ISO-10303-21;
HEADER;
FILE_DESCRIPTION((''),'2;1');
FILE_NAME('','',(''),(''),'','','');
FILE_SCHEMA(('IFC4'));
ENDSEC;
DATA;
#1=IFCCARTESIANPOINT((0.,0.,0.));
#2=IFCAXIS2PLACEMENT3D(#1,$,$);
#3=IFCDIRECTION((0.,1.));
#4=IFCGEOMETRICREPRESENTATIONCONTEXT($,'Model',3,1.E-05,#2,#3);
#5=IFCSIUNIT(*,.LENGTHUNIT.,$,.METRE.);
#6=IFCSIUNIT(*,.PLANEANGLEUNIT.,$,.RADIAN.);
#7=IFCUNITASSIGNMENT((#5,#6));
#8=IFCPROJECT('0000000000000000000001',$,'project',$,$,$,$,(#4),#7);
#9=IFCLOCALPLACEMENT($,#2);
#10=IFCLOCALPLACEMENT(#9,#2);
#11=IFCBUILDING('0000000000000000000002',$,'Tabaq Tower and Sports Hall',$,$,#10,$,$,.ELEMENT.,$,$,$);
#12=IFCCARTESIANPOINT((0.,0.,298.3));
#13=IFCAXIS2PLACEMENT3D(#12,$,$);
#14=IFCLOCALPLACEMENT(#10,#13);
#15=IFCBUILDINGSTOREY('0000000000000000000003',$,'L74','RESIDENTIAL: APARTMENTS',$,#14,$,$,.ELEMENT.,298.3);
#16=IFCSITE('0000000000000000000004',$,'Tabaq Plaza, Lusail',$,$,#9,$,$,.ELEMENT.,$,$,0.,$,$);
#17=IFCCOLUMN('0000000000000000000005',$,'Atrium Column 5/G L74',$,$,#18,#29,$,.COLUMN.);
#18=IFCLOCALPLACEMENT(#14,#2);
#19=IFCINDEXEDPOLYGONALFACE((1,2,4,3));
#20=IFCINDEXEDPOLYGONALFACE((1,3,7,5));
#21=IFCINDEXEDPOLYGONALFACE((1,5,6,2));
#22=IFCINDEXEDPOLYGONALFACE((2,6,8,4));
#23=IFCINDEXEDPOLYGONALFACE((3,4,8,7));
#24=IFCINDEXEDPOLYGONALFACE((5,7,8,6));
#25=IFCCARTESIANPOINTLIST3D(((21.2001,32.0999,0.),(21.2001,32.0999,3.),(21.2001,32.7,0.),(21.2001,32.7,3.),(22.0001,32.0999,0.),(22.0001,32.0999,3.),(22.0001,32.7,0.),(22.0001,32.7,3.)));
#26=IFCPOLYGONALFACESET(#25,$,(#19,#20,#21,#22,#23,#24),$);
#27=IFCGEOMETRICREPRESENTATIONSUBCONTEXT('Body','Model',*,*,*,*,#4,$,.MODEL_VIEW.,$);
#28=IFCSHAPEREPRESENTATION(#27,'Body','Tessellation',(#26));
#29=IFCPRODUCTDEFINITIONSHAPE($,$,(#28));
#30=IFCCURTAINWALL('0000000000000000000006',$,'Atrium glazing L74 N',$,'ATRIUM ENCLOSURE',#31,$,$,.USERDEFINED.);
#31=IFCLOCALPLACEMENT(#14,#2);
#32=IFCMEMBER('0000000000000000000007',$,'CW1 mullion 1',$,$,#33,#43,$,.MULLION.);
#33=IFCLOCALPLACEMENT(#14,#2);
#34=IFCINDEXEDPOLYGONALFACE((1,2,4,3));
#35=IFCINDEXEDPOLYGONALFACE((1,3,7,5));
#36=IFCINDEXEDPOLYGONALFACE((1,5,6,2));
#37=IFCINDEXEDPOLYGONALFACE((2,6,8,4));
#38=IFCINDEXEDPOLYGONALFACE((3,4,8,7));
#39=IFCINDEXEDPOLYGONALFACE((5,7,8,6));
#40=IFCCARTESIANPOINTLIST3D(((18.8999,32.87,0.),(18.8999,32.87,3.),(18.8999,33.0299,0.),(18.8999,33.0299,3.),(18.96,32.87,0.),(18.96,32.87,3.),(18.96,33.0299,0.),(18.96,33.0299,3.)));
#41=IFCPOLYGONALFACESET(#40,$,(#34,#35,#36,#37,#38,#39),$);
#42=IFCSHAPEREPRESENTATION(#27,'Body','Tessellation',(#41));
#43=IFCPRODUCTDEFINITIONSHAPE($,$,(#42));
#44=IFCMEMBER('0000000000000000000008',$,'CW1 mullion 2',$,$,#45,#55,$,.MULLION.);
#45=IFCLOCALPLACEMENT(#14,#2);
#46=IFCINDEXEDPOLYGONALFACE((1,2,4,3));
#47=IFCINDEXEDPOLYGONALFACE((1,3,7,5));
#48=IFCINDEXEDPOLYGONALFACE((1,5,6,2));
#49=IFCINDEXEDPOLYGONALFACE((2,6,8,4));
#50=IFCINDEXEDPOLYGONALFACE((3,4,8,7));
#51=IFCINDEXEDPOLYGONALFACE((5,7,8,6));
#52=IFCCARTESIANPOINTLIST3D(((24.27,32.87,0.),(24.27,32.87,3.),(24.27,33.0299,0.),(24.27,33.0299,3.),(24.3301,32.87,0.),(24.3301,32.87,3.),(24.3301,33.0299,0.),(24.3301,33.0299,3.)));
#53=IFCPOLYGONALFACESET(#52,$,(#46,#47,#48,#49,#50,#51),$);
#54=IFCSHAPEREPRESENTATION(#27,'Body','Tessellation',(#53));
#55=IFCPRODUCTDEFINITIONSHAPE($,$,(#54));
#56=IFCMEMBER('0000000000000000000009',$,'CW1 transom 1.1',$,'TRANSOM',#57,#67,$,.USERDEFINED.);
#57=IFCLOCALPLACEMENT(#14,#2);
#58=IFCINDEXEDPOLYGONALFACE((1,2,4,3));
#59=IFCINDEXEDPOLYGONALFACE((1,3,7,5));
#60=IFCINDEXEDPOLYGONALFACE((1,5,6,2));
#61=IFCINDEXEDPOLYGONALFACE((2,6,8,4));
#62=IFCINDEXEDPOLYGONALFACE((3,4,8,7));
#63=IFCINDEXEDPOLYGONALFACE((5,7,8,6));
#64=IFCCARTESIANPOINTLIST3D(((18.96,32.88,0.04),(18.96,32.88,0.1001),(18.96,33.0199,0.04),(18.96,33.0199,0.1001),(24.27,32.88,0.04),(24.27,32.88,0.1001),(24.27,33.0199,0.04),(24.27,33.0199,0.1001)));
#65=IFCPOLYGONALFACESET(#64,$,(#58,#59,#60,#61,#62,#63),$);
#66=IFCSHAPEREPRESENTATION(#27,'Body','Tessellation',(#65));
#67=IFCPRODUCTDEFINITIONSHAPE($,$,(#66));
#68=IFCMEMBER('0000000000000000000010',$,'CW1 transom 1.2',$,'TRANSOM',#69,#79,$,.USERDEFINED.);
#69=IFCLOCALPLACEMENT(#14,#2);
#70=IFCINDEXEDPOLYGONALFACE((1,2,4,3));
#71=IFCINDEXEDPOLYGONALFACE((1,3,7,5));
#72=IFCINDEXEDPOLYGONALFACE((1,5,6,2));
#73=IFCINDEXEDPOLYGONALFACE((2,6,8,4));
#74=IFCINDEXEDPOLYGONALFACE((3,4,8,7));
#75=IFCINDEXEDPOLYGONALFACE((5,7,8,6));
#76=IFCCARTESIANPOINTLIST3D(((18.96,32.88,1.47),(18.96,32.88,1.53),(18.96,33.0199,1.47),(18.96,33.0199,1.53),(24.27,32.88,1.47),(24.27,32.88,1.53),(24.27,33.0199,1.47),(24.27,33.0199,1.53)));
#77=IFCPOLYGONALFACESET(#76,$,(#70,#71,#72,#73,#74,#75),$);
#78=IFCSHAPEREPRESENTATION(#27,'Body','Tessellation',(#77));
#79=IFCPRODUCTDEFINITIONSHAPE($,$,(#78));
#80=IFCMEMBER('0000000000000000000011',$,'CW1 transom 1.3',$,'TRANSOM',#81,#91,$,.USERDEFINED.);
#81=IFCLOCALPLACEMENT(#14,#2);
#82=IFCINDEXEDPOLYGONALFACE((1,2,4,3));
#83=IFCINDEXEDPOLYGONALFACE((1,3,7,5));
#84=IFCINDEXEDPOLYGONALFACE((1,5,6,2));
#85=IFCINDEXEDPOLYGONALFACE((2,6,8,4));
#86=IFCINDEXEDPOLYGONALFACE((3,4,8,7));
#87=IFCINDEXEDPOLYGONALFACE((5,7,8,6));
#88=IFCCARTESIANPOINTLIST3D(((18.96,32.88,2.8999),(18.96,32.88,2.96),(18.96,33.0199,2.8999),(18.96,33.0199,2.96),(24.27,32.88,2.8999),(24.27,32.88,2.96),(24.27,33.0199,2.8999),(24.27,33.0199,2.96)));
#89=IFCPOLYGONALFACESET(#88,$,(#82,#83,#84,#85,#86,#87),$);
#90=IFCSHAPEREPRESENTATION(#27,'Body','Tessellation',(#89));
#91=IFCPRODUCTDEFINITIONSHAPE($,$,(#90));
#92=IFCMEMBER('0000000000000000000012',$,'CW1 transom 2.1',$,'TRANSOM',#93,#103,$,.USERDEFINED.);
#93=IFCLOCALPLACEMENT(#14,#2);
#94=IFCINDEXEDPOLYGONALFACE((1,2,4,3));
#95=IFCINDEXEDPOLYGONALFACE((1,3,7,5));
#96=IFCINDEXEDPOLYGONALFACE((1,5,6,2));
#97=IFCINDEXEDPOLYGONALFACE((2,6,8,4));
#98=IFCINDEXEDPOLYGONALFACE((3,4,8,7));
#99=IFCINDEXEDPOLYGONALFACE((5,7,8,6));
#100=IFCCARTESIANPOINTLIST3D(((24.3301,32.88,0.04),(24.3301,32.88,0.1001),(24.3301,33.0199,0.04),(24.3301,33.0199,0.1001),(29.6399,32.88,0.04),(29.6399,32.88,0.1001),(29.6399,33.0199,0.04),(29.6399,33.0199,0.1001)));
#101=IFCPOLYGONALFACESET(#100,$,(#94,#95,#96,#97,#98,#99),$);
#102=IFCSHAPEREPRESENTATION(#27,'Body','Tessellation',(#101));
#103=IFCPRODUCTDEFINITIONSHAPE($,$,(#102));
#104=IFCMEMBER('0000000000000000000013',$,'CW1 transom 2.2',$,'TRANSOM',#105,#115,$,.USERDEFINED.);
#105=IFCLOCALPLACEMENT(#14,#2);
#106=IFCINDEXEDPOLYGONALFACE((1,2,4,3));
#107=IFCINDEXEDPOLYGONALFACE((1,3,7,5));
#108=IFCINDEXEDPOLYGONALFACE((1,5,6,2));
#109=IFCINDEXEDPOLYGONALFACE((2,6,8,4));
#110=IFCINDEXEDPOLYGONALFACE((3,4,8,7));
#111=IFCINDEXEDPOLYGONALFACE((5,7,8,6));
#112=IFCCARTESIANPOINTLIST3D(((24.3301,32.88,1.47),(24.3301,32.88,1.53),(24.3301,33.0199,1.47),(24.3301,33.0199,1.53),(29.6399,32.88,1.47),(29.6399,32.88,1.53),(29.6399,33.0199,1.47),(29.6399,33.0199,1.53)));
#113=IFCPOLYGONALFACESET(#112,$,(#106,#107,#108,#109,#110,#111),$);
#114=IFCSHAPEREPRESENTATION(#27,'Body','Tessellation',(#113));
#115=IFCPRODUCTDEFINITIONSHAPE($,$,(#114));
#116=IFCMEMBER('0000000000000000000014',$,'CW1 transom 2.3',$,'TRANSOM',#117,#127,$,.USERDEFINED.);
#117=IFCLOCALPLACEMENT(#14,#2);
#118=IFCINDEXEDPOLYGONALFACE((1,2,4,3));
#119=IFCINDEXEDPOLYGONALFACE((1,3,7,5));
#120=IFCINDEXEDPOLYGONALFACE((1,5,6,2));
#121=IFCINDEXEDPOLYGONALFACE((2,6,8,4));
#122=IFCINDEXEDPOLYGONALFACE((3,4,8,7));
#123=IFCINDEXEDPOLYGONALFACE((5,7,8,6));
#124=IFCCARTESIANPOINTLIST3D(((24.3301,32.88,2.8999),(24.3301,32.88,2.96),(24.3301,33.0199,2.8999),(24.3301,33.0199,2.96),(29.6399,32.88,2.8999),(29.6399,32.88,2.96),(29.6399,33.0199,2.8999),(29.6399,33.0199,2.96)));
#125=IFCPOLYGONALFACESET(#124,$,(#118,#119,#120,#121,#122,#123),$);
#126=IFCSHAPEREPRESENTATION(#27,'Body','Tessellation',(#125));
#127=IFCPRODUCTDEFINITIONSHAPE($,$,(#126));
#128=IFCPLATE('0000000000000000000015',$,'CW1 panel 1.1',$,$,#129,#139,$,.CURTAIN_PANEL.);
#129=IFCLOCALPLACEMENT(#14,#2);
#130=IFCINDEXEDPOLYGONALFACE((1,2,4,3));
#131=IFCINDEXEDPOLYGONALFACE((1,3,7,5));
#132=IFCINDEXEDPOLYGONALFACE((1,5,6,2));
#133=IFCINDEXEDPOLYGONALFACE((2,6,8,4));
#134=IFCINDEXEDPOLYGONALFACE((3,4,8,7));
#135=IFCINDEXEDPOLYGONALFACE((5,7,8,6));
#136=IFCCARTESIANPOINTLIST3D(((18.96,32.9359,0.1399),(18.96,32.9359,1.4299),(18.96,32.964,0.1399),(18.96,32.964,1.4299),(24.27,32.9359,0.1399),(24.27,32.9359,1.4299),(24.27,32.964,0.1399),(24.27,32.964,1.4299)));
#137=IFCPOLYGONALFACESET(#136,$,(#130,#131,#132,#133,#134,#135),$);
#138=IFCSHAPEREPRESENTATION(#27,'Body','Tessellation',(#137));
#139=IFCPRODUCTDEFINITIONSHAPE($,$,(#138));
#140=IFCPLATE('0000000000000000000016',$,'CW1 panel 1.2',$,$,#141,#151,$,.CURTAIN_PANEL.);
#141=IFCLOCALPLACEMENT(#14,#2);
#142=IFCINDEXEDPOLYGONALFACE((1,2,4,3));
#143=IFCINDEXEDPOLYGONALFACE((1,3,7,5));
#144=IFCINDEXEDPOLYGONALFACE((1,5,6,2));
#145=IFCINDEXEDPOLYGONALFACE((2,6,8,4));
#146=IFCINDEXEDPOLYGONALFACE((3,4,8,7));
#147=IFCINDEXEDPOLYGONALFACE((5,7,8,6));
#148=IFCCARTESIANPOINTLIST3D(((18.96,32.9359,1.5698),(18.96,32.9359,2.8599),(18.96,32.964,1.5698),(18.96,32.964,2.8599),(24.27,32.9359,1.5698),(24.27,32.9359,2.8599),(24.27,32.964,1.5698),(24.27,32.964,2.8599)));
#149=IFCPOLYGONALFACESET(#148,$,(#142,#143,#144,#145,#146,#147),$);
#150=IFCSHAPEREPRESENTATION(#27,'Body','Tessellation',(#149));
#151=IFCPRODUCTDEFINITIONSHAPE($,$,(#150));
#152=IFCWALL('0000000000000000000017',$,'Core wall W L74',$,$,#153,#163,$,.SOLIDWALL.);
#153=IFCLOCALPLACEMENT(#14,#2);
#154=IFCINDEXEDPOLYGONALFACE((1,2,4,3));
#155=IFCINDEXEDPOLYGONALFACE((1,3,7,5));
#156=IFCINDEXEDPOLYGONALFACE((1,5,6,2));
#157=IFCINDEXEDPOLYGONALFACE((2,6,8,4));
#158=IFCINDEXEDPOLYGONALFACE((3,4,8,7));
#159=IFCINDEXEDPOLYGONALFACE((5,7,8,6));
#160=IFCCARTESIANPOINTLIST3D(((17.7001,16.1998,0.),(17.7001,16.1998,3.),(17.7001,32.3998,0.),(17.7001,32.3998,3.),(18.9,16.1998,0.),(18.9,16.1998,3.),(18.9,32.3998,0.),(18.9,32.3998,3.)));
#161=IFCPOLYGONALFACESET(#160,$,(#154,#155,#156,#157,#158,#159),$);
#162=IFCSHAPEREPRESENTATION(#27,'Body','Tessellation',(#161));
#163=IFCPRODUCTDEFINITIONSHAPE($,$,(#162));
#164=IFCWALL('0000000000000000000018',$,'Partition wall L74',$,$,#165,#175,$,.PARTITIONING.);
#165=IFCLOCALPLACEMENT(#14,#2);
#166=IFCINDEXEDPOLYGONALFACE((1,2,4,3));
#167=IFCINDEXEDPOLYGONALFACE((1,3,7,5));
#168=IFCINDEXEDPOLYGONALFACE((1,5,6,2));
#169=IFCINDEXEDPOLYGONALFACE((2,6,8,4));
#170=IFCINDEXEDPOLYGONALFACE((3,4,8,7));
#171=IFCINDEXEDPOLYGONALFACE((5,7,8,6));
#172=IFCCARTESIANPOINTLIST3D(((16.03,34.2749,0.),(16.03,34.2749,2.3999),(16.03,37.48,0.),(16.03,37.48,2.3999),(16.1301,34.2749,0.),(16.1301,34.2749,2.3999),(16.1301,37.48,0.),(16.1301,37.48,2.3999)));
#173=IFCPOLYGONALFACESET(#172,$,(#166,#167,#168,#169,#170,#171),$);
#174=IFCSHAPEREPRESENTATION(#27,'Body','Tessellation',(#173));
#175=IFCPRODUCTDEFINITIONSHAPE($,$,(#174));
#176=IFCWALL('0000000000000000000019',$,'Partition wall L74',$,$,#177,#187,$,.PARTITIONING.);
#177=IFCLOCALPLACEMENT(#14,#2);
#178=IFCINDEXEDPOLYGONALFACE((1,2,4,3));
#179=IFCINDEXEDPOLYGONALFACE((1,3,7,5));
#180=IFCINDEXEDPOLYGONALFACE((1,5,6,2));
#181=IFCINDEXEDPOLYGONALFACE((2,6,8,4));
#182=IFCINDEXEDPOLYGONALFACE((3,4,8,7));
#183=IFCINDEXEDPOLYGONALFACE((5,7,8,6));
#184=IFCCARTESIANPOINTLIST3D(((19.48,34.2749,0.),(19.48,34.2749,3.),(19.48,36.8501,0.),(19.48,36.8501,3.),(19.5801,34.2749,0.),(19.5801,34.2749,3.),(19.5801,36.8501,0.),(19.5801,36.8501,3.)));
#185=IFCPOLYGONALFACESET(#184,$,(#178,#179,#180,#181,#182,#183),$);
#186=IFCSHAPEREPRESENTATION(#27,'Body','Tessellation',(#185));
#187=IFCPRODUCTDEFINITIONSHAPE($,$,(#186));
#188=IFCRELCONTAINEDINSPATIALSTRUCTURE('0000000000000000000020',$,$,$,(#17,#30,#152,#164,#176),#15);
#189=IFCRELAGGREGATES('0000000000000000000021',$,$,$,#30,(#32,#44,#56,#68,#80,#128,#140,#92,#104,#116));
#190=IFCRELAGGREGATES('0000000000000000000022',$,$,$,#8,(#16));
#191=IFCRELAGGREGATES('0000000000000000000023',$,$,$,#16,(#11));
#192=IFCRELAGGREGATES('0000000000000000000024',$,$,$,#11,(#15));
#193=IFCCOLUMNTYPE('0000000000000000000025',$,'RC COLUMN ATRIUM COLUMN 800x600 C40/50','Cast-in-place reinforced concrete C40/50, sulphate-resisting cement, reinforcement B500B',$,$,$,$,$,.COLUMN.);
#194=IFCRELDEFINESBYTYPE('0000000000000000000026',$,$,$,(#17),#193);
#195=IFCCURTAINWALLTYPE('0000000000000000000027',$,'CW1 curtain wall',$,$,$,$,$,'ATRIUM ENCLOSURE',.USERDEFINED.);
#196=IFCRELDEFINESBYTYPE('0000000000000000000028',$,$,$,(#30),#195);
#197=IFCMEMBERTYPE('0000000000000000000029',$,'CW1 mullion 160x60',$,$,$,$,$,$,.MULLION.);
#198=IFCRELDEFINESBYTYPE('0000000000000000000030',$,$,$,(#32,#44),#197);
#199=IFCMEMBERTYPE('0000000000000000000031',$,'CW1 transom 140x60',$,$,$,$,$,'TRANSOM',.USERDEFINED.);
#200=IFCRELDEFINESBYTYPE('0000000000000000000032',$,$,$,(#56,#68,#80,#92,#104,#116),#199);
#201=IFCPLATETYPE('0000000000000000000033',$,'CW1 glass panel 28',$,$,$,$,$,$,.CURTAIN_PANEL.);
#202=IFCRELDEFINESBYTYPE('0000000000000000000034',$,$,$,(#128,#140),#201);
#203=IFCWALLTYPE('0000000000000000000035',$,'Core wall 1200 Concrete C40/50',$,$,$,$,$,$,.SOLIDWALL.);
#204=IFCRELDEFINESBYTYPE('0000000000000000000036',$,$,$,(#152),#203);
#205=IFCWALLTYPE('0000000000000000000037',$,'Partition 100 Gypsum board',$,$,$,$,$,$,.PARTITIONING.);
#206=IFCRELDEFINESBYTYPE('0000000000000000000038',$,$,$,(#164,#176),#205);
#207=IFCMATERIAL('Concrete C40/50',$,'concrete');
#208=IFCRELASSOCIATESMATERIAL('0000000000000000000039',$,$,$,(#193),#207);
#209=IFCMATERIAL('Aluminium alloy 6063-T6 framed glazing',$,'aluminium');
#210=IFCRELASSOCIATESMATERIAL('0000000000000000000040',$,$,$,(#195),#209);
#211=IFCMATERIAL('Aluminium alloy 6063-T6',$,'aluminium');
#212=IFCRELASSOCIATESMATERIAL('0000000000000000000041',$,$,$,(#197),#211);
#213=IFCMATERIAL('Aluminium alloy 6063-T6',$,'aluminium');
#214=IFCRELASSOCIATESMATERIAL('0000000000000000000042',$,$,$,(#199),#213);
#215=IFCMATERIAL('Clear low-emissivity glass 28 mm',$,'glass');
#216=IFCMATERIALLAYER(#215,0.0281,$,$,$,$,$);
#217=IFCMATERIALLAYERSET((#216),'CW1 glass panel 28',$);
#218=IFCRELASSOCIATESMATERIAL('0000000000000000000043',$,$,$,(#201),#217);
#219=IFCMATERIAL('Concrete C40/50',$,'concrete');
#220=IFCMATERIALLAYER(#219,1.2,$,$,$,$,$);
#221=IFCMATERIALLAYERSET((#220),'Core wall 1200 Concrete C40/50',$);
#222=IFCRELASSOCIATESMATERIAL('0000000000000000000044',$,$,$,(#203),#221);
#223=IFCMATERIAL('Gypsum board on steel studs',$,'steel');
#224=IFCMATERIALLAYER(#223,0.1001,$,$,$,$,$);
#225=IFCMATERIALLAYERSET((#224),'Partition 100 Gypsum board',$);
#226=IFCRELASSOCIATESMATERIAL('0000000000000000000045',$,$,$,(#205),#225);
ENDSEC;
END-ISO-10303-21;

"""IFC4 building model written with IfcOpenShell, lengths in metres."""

from ifc_helpers import new_model, si_unit, direction, frame, frame_2d, origin, origin_2d, place, context, subcontext, project, spatial, rectangle, extrude, material, layer, layer_set, material_profile, profile_set, type_object, element, aggregate, save


model = new_model("IFC4")

# Units and contexts
model_context = context("Model", 3, precision=1e-05, world=origin(), true_north=direction((0.0, 1.0)))
body_context = subcontext(model_context, "Body", "Model", "MODEL_VIEW")
ifc_project = project(units=[si_unit("LENGTHUNIT", "METRE"), si_unit("PLANEANGLEUNIT", "RADIAN")], contexts=[model_context])

# Site, building, storey
site_placement = place(None, origin())
site = spatial("IfcSite", under=ifc_project, at=site_placement, Name="Tabaq Plaza, Lusail", CompositionType="ELEMENT", RefElevation=0.0)
building_placement = place(site_placement, origin())
building = spatial("IfcBuilding", under=site, at=building_placement, Name="Tabaq Tower and Sports Hall", CompositionType="ELEMENT")
storey_placement = place(building_placement, frame((0.0, 0.0, 298.3)))
storey = spatial("IfcBuildingStorey", under=building, at=storey_placement, Name="L74", Description="RESIDENTIAL: APARTMENTS", CompositionType="ELEMENT", Elevation=298.3)

# Column
ifc_material_1 = material(Name="Concrete C40/50", Category="concrete")
ifc_material_profile_1 = material_profile(ifc_material_1, rectangle(XDim=0.8, YDim=0.6001, at=origin_2d()), Name="ATRIUM COLUMN 800x600")
ifc_profile_set_1 = profile_set([ifc_material_profile_1], Name="Concrete C40/50")
column_type = type_object("IfcColumnType", Name="RC COLUMN ATRIUM COLUMN 800x600 C40/50", Description="Cast-in-place reinforced concrete C40/50, sulphate-resisting cement, reinforcement B500B", PredefinedType="COLUMN", material=ifc_profile_set_1)
column_placement = place(storey_placement, frame((21.6001, 32.3999, 0.0), z_axis=(0.0, 0.0, 1.0), x_axis=(1.0, 0.0, 0.0)))
element("IfcColumn", 1, at=column_placement, inside=storey, type_object=column_type, Name="Atrium Column 5/G L74", PredefinedType="COLUMN", context=body_context, shape_type="SweptSolid", body=[
    extrude(rectangle(XDim=0.8, YDim=0.6001, at=origin_2d()), origin(), (0.0, 0.0, 1.0), 3.0),
])

# Curtain wall, members, plates
ifc_material_2 = material(Name="Aluminium alloy 6063-T6 framed glazing", Category="aluminium")
curtain_wall_type = type_object("IfcCurtainWallType", Name="CW1 curtain wall", ElementType="ATRIUM ENCLOSURE", PredefinedType="USERDEFINED", material=ifc_material_2)
curtain_wall_placement = place(storey_placement, origin())
curtain_wall = element("IfcCurtainWall", 2, at=curtain_wall_placement, inside=storey, type_object=curtain_wall_type, Name="Atrium glazing L74 N", ObjectType="ATRIUM ENCLOSURE", PredefinedType="USERDEFINED")
ifc_material_3 = material(Name="Aluminium alloy 6063-T6", Category="aluminium")
ifc_material_profile_2 = material_profile(ifc_material_3, rectangle(XDim=0.1599, YDim=0.0601, at=origin_2d()), Name="MULLION 160x60")
ifc_profile_set_2 = profile_set([ifc_material_profile_2], Name="Aluminium alloy 6063-T6")
member_type_1 = type_object("IfcMemberType", Name="CW1 mullion 160x60", PredefinedType="MULLION", material=ifc_profile_set_2)
member_1_placement = place(storey_placement, frame((18.9299, 32.95, 0.0), z_axis=(0.0, 0.0, 1.0), x_axis=(0.0, 1.0, 0.0)))
member_1 = element("IfcMember", 3, at=member_1_placement, type_object=member_type_1, Name="CW1 mullion 1", PredefinedType="MULLION", context=body_context, shape_type="SweptSolid", body=[
    extrude(rectangle(XDim=0.1599, YDim=0.0601, at=origin_2d()), origin(), (0.0, 0.0, 1.0), 3.0),
])
member_2_placement = place(storey_placement, frame((24.3, 32.95, 0.0), z_axis=(0.0, 0.0, 1.0), x_axis=(0.0, 1.0, 0.0)))
member_2 = element("IfcMember", 4, at=member_2_placement, type_object=member_type_1, Name="CW1 mullion 2", PredefinedType="MULLION", context=body_context, shape_type="SweptSolid", body=[
    extrude(rectangle(XDim=0.1599, YDim=0.0601, at=origin_2d()), origin(), (0.0, 0.0, 1.0), 3.0),
])
ifc_material_4 = material(Name="Aluminium alloy 6063-T6", Category="aluminium")
ifc_material_profile_3 = material_profile(ifc_material_4, rectangle(XDim=0.1399, YDim=0.0601, at=origin_2d()), Name="TRANSOM 140x60")
ifc_profile_set_3 = profile_set([ifc_material_profile_3], Name="Aluminium alloy 6063-T6")
member_type_2 = type_object("IfcMemberType", Name="CW1 transom 140x60", ElementType="TRANSOM", PredefinedType="USERDEFINED", material=ifc_profile_set_3)
member_3_placement = place(storey_placement, frame((18.96, 32.95, 0.0701), z_axis=(1.0, 0.0, 0.0), x_axis=(0.0, 1.0, 0.0)))
member_3 = element("IfcMember", 5, at=member_3_placement, type_object=member_type_2, Name="CW1 transom 1.1", ObjectType="TRANSOM", PredefinedType="USERDEFINED", context=body_context, shape_type="SweptSolid", body=[
    extrude(rectangle(XDim=0.1399, YDim=0.0601, at=origin_2d()), origin(), (0.0, 0.0, 1.0), 5.3101),
])
member_4_placement = place(storey_placement, frame((18.96, 32.95, 1.5), z_axis=(1.0, 0.0, 0.0), x_axis=(0.0, 1.0, 0.0)))
member_4 = element("IfcMember", 6, at=member_4_placement, type_object=member_type_2, Name="CW1 transom 1.2", ObjectType="TRANSOM", PredefinedType="USERDEFINED", context=body_context, shape_type="SweptSolid", body=[
    extrude(rectangle(XDim=0.1399, YDim=0.0601, at=origin_2d()), origin(), (0.0, 0.0, 1.0), 5.3101),
])
member_5_placement = place(storey_placement, frame((18.96, 32.95, 2.9299), z_axis=(1.0, 0.0, 0.0), x_axis=(0.0, 1.0, 0.0)))
member_5 = element("IfcMember", 7, at=member_5_placement, type_object=member_type_2, Name="CW1 transom 1.3", ObjectType="TRANSOM", PredefinedType="USERDEFINED", context=body_context, shape_type="SweptSolid", body=[
    extrude(rectangle(XDim=0.1399, YDim=0.0601, at=origin_2d()), origin(), (0.0, 0.0, 1.0), 5.3101),
])
member_6_placement = place(storey_placement, frame((24.3301, 32.95, 0.0701), z_axis=(1.0, 0.0, 0.0), x_axis=(0.0, 1.0, 0.0)))
member_6 = element("IfcMember", 8, at=member_6_placement, type_object=member_type_2, Name="CW1 transom 2.1", ObjectType="TRANSOM", PredefinedType="USERDEFINED", context=body_context, shape_type="SweptSolid", body=[
    extrude(rectangle(XDim=0.1399, YDim=0.0601, at=origin_2d()), origin(), (0.0, 0.0, 1.0), 5.3098),
])
member_7_placement = place(storey_placement, frame((24.3301, 32.95, 1.5), z_axis=(1.0, 0.0, 0.0), x_axis=(0.0, 1.0, 0.0)))
member_7 = element("IfcMember", 9, at=member_7_placement, type_object=member_type_2, Name="CW1 transom 2.2", ObjectType="TRANSOM", PredefinedType="USERDEFINED", context=body_context, shape_type="SweptSolid", body=[
    extrude(rectangle(XDim=0.1399, YDim=0.0601, at=origin_2d()), origin(), (0.0, 0.0, 1.0), 5.3098),
])
member_8_placement = place(storey_placement, frame((24.3301, 32.95, 2.9299), z_axis=(1.0, 0.0, 0.0), x_axis=(0.0, 1.0, 0.0)))
member_8 = element("IfcMember", 10, at=member_8_placement, type_object=member_type_2, Name="CW1 transom 2.3", ObjectType="TRANSOM", PredefinedType="USERDEFINED", context=body_context, shape_type="SweptSolid", body=[
    extrude(rectangle(XDim=0.1399, YDim=0.0601, at=origin_2d()), origin(), (0.0, 0.0, 1.0), 5.3098),
])
ifc_material_5 = material(Name="Clear low-emissivity glass 28 mm", Category="glass")
ifc_layer_1 = layer(ifc_material_5, 0.0281)
ifc_layer_set_1 = layer_set([ifc_layer_1], Name="CW1 glass panel 28")
plate_type = type_object("IfcPlateType", Name="CW1 glass panel 28", PredefinedType="CURTAIN_PANEL", material=ifc_layer_set_1)
plate_1_placement = place(storey_placement, frame((21.615, 32.95, 0.1399), z_axis=(0.0, 0.0, 1.0), x_axis=(1.0, 0.0, 0.0)))
plate_1 = element("IfcPlate", 11, at=plate_1_placement, type_object=plate_type, Name="CW1 panel 1.1", PredefinedType="CURTAIN_PANEL", context=body_context, shape_type="SweptSolid", body=[
    extrude(rectangle(XDim=5.3101, YDim=0.0281, at=origin_2d()), origin(), (0.0, 0.0, 1.0), 1.29),
])
plate_2_placement = place(storey_placement, frame((21.615, 32.95, 1.5698), z_axis=(0.0, 0.0, 1.0), x_axis=(1.0, 0.0, 0.0)))
plate_2 = element("IfcPlate", 12, at=plate_2_placement, type_object=plate_type, Name="CW1 panel 1.2", PredefinedType="CURTAIN_PANEL", context=body_context, shape_type="SweptSolid", body=[
    extrude(rectangle(XDim=5.3101, YDim=0.0281, at=origin_2d()), origin(), (0.0, 0.0, 1.0), 1.29),
])
aggregate(curtain_wall, [member_1, member_2, member_3, member_4, member_5, plate_1, plate_2, member_6, member_7, member_8])

# Walls
ifc_material_6 = material(Name="Concrete C40/50", Category="concrete")
ifc_layer_2 = layer(ifc_material_6, 1.2)
ifc_layer_set_2 = layer_set([ifc_layer_2], Name="Core wall 1200 Concrete C40/50")
wall_type_1 = type_object("IfcWallType", Name="Core wall 1200 Concrete C40/50", PredefinedType="SOLIDWALL", material=ifc_layer_set_2)
wall_1_placement = place(storey_placement, frame((18.3, 32.3999, 0.0), z_axis=(0.0, 0.0, 1.0), x_axis=(0.0, -1.0, 0.0)))
element("IfcWall", 13, at=wall_1_placement, inside=storey, type_object=wall_type_1, Name="Core wall W L74", PredefinedType="SOLIDWALL", context=body_context, shape_type="SweptSolid", body=[
    extrude(rectangle(XDim=16.2, YDim=1.2, at=frame_2d((8.1001, 0.0))), origin(), (0.0, 0.0, 1.0), 3.0),
])
ifc_material_7 = material(Name="Gypsum board on steel studs", Category="steel")
ifc_layer_3 = layer(ifc_material_7, 0.1001)
ifc_layer_set_3 = layer_set([ifc_layer_3], Name="Partition 100 Gypsum board")
wall_type_2 = type_object("IfcWallType", Name="Partition 100 Gypsum board", PredefinedType="PARTITIONING", material=ifc_layer_set_3)
wall_2_placement = place(storey_placement, frame((16.0801, 34.2749, 0.0), z_axis=(0.0, 0.0, 1.0), x_axis=(0.0, 1.0, 0.0)))
element("IfcWall", 14, at=wall_2_placement, inside=storey, type_object=wall_type_2, Name="Partition wall L74", PredefinedType="PARTITIONING", context=body_context, shape_type="SweptSolid", body=[
    extrude(rectangle(XDim=3.2051, YDim=0.1001, at=frame_2d((1.6025, 0.0))), origin(), (0.0, 0.0, 1.0), 2.3999),
])
wall_3_placement = place(storey_placement, frame((19.53, 34.2749, 0.0), z_axis=(0.0, 0.0, 1.0), x_axis=(0.0, 1.0, 0.0)))
element("IfcWall", 15, at=wall_3_placement, inside=storey, type_object=wall_type_2, Name="Partition wall L74", PredefinedType="PARTITIONING", context=body_context, shape_type="SweptSolid", body=[
    extrude(rectangle(XDim=2.5752, YDim=0.1001, at=frame_2d((1.2876, 0.0))), origin(), (0.0, 0.0, 1.0), 3.0),
])

save(model, "model.ifc")
